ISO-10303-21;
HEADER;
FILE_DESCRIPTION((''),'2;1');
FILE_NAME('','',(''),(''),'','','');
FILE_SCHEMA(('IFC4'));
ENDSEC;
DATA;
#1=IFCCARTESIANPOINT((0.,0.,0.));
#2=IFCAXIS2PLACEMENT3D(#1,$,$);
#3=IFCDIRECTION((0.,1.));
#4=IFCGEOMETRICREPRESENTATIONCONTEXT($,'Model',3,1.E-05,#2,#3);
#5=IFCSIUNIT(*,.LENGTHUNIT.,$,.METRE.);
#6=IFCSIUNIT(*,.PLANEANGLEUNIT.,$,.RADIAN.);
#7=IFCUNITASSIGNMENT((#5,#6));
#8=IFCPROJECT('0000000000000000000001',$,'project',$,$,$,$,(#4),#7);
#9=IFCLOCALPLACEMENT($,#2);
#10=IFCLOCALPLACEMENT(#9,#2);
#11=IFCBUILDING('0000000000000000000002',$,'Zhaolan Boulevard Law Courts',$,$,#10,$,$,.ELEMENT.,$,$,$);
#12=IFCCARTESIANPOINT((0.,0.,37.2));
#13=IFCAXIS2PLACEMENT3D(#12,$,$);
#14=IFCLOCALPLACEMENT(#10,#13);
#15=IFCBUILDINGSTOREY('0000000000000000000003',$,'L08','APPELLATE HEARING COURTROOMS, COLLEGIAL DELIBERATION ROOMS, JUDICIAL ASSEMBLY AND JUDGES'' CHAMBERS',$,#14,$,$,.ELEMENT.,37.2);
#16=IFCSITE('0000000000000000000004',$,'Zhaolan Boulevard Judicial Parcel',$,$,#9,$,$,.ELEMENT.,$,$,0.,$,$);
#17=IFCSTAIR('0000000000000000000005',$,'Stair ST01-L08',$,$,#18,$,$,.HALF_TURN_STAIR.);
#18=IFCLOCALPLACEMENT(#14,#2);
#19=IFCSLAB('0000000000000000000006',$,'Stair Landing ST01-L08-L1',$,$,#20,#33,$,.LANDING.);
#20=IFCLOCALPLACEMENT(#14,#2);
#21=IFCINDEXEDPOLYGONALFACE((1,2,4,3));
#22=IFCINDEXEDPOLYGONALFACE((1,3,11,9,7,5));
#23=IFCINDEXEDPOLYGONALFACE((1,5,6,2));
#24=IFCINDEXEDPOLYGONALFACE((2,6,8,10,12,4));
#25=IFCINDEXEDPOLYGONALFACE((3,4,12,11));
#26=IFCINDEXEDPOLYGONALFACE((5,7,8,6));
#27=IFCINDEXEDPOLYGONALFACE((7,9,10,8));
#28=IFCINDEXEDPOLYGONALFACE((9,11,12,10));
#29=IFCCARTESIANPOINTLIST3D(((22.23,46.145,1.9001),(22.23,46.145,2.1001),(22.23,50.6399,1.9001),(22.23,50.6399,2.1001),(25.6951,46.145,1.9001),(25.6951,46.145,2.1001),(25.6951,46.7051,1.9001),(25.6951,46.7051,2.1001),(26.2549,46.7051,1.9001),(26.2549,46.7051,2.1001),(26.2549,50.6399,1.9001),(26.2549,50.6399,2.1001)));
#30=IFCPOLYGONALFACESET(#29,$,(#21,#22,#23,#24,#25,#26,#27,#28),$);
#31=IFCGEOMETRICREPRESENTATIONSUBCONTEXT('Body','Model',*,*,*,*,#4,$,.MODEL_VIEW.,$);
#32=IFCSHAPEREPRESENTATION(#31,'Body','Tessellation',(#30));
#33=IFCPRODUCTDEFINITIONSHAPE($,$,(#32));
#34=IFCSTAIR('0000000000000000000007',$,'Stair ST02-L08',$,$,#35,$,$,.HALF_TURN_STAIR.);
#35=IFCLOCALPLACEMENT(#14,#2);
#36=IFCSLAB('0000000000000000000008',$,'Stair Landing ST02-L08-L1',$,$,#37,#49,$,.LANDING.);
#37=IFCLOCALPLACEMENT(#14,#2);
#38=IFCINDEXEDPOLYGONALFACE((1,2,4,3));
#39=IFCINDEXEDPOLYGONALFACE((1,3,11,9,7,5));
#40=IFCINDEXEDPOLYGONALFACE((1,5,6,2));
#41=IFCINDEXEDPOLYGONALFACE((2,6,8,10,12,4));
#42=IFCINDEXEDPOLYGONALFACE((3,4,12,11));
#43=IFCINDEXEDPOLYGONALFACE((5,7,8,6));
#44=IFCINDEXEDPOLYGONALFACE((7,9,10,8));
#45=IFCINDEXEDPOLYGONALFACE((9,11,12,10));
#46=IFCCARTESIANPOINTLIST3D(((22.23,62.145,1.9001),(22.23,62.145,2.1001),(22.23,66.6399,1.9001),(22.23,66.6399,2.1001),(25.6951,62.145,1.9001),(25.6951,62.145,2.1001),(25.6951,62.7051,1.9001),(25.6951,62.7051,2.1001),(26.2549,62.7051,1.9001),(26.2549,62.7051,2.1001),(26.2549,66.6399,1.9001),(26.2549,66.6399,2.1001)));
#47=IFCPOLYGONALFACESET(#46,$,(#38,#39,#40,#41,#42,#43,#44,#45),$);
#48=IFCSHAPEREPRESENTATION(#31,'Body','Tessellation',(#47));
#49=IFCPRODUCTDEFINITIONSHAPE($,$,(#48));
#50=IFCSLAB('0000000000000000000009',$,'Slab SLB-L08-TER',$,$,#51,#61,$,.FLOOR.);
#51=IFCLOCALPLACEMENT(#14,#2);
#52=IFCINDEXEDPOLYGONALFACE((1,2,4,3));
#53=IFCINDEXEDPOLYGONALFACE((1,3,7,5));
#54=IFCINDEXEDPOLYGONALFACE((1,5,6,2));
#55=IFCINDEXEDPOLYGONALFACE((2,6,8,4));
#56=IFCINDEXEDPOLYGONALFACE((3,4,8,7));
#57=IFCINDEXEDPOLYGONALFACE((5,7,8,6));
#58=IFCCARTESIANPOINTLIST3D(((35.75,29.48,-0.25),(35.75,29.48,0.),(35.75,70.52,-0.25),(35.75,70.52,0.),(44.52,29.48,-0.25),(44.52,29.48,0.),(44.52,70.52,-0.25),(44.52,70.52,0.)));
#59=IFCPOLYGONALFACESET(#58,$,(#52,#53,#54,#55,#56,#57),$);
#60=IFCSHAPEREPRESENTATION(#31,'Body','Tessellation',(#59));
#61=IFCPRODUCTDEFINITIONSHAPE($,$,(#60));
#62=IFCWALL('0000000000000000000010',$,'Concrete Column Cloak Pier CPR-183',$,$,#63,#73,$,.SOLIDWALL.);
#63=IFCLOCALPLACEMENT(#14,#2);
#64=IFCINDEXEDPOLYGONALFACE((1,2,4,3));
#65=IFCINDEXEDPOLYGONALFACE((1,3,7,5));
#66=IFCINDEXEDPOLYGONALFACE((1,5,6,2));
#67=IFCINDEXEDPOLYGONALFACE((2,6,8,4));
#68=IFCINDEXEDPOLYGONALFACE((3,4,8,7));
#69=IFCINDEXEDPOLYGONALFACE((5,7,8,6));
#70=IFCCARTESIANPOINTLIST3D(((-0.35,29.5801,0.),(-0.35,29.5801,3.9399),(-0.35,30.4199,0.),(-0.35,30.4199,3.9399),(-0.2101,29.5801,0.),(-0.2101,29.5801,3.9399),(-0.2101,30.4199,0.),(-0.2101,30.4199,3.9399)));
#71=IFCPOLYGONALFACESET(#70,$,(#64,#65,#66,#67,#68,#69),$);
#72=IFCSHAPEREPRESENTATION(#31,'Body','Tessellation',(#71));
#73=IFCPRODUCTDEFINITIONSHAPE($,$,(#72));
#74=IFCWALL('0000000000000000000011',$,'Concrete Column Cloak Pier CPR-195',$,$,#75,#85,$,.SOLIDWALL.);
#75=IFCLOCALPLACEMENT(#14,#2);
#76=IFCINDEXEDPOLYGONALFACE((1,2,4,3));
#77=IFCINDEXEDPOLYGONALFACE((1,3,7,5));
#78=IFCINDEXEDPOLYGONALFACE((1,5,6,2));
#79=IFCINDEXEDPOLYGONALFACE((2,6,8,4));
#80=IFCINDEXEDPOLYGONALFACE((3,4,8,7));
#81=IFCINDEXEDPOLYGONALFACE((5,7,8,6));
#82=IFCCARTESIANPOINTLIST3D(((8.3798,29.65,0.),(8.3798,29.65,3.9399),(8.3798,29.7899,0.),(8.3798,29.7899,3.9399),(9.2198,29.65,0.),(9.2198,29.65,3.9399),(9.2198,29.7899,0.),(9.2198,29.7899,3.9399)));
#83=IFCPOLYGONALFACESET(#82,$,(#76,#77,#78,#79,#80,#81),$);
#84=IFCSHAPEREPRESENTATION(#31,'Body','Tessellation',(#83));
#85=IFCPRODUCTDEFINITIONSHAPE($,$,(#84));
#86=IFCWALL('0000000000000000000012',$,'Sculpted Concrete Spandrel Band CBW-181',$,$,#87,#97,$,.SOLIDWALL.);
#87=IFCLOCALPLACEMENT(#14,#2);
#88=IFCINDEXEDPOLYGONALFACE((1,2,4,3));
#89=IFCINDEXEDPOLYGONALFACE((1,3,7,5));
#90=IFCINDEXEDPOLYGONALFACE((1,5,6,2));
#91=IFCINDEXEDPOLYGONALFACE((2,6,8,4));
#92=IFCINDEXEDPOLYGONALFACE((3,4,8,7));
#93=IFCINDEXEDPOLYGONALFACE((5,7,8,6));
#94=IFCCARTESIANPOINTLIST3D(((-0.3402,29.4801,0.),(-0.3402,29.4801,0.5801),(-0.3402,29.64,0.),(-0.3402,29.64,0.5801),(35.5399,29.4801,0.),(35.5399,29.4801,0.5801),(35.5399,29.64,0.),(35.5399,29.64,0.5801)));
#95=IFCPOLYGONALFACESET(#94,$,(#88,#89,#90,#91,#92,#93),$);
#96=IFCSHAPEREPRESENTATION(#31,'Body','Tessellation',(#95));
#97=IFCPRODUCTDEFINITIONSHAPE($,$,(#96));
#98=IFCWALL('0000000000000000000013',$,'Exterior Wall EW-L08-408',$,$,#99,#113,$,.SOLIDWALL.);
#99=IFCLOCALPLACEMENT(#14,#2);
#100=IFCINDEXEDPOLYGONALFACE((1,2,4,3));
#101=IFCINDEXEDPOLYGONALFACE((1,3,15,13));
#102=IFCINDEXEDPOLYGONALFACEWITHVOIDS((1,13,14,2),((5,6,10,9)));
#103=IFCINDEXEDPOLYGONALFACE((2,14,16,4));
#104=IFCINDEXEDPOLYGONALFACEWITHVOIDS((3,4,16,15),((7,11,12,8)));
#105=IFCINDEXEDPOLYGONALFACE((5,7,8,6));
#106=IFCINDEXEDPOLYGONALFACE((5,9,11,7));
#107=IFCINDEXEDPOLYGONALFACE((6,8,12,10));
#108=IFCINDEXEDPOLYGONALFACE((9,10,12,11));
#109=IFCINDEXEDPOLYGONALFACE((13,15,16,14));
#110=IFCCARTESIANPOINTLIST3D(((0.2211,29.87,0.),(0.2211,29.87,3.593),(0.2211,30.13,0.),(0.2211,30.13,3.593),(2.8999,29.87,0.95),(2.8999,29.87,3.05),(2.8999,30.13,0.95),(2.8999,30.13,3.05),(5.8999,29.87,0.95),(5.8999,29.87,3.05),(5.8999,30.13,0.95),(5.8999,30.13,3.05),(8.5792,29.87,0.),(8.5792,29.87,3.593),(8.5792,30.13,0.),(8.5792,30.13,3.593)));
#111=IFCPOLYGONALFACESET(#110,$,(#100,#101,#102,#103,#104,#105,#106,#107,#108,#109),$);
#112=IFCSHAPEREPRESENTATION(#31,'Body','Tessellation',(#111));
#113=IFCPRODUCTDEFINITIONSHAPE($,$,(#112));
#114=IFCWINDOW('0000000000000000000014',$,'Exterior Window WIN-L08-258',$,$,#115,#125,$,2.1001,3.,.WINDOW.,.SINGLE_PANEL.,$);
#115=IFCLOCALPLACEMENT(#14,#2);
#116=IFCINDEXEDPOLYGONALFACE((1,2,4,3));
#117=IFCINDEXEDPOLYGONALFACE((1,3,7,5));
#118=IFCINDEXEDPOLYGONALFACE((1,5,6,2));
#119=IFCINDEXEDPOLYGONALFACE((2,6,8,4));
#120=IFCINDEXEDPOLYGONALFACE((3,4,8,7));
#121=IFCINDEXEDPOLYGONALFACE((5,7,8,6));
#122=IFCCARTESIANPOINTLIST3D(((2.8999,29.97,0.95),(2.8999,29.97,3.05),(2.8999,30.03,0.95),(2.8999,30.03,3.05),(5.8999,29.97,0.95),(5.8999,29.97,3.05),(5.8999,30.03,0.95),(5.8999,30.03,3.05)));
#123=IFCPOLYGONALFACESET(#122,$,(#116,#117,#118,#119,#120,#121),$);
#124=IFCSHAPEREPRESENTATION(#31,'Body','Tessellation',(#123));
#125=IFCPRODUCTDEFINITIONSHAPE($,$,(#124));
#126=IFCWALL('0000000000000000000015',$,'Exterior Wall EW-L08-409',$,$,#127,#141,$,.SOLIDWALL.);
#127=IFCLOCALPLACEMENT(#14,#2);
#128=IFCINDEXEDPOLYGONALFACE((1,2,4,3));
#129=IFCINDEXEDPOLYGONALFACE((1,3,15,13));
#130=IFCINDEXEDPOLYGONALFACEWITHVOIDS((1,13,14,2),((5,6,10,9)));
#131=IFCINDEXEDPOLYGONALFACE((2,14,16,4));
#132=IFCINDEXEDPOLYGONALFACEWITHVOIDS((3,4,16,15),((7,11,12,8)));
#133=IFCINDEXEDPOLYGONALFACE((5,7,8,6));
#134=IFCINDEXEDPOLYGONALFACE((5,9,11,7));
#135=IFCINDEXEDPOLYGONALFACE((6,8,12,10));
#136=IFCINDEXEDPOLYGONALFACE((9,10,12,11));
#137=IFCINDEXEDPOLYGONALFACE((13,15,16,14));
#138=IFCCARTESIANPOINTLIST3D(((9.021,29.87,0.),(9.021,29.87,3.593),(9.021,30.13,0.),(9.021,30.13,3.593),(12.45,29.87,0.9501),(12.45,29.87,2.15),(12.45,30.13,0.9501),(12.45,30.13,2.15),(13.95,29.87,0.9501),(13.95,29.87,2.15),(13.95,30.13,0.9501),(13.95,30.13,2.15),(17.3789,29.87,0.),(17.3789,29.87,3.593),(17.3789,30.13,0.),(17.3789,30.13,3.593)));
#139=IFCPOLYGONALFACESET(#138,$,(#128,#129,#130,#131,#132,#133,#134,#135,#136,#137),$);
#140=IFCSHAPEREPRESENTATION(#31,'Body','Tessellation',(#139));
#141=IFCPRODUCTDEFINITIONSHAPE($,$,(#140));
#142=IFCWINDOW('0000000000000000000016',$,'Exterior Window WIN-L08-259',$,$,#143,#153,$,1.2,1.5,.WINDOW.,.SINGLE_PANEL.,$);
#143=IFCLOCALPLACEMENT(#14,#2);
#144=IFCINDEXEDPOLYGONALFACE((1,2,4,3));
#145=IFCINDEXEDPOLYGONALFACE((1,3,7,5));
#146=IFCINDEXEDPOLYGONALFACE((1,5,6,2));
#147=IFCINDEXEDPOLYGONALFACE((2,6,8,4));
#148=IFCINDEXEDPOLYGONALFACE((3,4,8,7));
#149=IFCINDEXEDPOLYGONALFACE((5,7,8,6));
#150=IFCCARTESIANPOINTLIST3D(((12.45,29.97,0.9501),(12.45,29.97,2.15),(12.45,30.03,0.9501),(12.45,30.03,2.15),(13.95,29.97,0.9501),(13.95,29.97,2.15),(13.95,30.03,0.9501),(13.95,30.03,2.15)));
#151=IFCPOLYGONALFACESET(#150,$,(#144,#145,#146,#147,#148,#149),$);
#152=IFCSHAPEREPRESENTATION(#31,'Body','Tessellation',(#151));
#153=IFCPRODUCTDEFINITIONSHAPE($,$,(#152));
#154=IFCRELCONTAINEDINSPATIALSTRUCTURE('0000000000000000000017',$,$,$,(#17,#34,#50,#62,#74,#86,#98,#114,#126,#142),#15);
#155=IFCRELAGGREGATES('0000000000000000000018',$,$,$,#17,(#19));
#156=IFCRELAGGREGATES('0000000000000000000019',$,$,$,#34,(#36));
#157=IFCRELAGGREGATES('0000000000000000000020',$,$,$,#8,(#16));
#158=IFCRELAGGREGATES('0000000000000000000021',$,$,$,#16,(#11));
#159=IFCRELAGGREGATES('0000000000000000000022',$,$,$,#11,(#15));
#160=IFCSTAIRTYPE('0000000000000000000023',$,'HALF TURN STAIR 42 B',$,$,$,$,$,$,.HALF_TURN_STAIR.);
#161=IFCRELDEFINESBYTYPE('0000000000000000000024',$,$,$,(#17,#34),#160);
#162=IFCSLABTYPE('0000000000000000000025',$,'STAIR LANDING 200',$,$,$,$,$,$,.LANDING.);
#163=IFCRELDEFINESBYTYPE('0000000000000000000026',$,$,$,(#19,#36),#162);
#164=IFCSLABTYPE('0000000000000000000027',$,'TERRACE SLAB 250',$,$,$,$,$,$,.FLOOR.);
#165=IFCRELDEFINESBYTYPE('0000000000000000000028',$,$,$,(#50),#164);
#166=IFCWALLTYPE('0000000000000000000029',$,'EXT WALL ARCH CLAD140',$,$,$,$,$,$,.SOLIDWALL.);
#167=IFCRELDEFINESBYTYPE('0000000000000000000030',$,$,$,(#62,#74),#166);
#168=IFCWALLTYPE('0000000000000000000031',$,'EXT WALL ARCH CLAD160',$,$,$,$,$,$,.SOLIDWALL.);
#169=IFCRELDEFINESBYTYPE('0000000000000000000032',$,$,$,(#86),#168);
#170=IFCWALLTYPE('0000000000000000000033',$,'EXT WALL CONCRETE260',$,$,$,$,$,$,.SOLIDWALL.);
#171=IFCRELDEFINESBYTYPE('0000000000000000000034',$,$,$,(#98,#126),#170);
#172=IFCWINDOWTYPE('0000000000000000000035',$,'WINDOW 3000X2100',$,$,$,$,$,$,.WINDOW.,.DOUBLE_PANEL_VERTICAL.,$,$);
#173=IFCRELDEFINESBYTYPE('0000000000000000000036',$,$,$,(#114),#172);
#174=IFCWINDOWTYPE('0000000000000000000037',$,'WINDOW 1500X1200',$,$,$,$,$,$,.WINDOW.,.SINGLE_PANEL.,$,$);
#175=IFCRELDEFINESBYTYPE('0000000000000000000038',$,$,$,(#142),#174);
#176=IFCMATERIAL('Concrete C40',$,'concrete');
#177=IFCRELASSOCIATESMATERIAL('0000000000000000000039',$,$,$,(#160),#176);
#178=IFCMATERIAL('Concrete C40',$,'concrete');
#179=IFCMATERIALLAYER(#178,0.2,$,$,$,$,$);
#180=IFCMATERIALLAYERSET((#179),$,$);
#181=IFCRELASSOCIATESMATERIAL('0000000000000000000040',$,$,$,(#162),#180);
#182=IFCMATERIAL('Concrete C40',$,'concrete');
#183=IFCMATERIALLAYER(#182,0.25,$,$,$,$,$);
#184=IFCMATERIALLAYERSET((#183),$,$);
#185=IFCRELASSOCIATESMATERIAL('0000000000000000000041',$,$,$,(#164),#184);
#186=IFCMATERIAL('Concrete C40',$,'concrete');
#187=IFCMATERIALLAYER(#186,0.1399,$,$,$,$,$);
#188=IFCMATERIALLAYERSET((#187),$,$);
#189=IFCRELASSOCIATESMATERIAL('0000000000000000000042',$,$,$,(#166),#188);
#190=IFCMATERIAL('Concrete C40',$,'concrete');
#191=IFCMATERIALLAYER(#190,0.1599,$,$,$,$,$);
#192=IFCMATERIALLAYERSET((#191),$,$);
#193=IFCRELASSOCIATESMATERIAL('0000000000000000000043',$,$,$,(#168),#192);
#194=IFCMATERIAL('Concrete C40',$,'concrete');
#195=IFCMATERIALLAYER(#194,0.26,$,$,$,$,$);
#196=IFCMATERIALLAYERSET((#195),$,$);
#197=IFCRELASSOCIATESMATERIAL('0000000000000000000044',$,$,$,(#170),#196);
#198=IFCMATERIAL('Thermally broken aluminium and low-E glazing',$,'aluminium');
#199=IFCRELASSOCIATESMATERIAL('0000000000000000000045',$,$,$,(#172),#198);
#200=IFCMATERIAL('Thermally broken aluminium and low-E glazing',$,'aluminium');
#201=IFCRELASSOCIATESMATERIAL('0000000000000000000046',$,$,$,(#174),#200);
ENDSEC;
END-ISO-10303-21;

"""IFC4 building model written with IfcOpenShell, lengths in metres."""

from ifc_helpers import new_model, si_unit, direction, frame, frame_2d, origin, place, context, subcontext, project, spatial, polyline, rectangle, outline, extrude, material, layer, layer_set, type_object, element, fill, aggregate, save


model = new_model("IFC4")

# Units and contexts
model_context = context("Model", 3, precision=1e-05, world=origin(), true_north=direction((0.0, 1.0)))
body_context = subcontext(model_context, "Body", "Model", "MODEL_VIEW")
ifc_project = project(units=[si_unit("LENGTHUNIT", "METRE"), si_unit("PLANEANGLEUNIT", "RADIAN")], contexts=[model_context])

# Site, building, storey
site_placement = place(None, origin())
site = spatial("IfcSite", under=ifc_project, at=site_placement, Name="Zhaolan Boulevard Judicial Parcel", CompositionType="ELEMENT", RefElevation=0.0)
building_placement = place(site_placement, origin())
building = spatial("IfcBuilding", under=site, at=building_placement, Name="Zhaolan Boulevard Law Courts", CompositionType="ELEMENT")
storey_placement = place(building_placement, frame((0.0, 0.0, 37.2)))
storey = spatial("IfcBuildingStorey", under=building, at=storey_placement, Name="L08", Description="APPELLATE HEARING COURTROOMS, COLLEGIAL DELIBERATION ROOMS, JUDICIAL ASSEMBLY AND JUDGES' CHAMBERS", CompositionType="ELEMENT", Elevation=37.2)

# Stairs, slabs
ifc_material_1 = material(Name="Concrete C40", Category="concrete")
stair_type = type_object("IfcStairType", Name="HALF TURN STAIR 42 B", PredefinedType="HALF_TURN_STAIR", material=ifc_material_1)
stair_1_placement = place(storey_placement, origin())
stair_1 = element("IfcStair", 1, at=stair_1_placement, inside=storey, type_object=stair_type, Name="Stair ST01-L08", PredefinedType="HALF_TURN_STAIR")
ifc_material_2 = material(Name="Concrete C40", Category="concrete")
ifc_layer_1 = layer(ifc_material_2, 0.2)
ifc_layer_set_1 = layer_set([ifc_layer_1])
slab_type_1 = type_object("IfcSlabType", Name="STAIR LANDING 200", PredefinedType="LANDING", material=ifc_layer_set_1)
slab_1_placement = place(storey_placement, frame((0.0, 0.0, 1.9001)))
slab_1 = element("IfcSlab", 2, at=slab_1_placement, type_object=slab_type_1, Name="Stair Landing ST01-L08-L1", PredefinedType="LANDING", context=body_context, shape_type="SweptSolid", body=[
    extrude(outline(polyline([(22.23, 46.145), (25.6951, 46.145), (25.6951, 46.7051), (26.2549, 46.7051), (26.2549, 50.6399), (22.23, 50.6399), (22.23, 46.145)])), origin(), (0.0, 0.0, 1.0), 0.2),
])
aggregate(stair_1, [slab_1])
stair_2_placement = place(storey_placement, origin())
stair_2 = element("IfcStair", 3, at=stair_2_placement, inside=storey, type_object=stair_type, Name="Stair ST02-L08", PredefinedType="HALF_TURN_STAIR")
slab_2_placement = place(storey_placement, frame((0.0, 0.0, 1.9001)))
slab_2 = element("IfcSlab", 4, at=slab_2_placement, type_object=slab_type_1, Name="Stair Landing ST02-L08-L1", PredefinedType="LANDING", context=body_context, shape_type="SweptSolid", body=[
    extrude(outline(polyline([(22.23, 62.145), (25.6951, 62.145), (25.6951, 62.7051), (26.2549, 62.7051), (26.2549, 66.6399), (22.23, 66.6399), (22.23, 62.145)])), origin(), (0.0, 0.0, 1.0), 0.2),
])
aggregate(stair_2, [slab_2])

# Slab
ifc_material_3 = material(Name="Concrete C40", Category="concrete")
ifc_layer_2 = layer(ifc_material_3, 0.25)
ifc_layer_set_2 = layer_set([ifc_layer_2])
slab_type_2 = type_object("IfcSlabType", Name="TERRACE SLAB 250", PredefinedType="FLOOR", material=ifc_layer_set_2)
slab_3_placement = place(storey_placement, frame((0.0, 0.0, -0.25)))
element("IfcSlab", 5, at=slab_3_placement, inside=storey, type_object=slab_type_2, Name="Slab SLB-L08-TER", PredefinedType="FLOOR", context=body_context, shape_type="SweptSolid", body=[
    extrude(outline(polyline([(35.75, 29.48), (44.52, 29.48), (44.52, 70.52), (35.75, 70.52), (35.75, 29.48)])), origin(), (0.0, 0.0, 1.0), 0.25),
])

# Walls
ifc_material_4 = material(Name="Concrete C40", Category="concrete")
ifc_layer_3 = layer(ifc_material_4, 0.1399)
ifc_layer_set_3 = layer_set([ifc_layer_3])
wall_type_1 = type_object("IfcWallType", Name="EXT WALL ARCH CLAD140", PredefinedType="SOLIDWALL", material=ifc_layer_set_3)
wall_1_placement = place(storey_placement, frame((-0.28, 29.5801, 0.0), z_axis=(0.0, 0.0, 1.0), x_axis=(0.0, 1.0, 0.0)))
element("IfcWall", 6, at=wall_1_placement, inside=storey, type_object=wall_type_1, Name="Concrete Column Cloak Pier CPR-183", PredefinedType="SOLIDWALL", context=body_context, shape_type="SweptSolid", body=[
    extrude(rectangle(XDim=0.8398, YDim=0.1399, at=frame_2d((0.4199, 0.0))), origin(), (0.0, 0.0, 1.0), 3.9399),
])
wall_2_placement = place(storey_placement, frame((8.3799, 29.72, 0.0), z_axis=(0.0, 0.0, 1.0), x_axis=(1.0, 0.0, 0.0)))
element("IfcWall", 7, at=wall_2_placement, inside=storey, type_object=wall_type_1, Name="Concrete Column Cloak Pier CPR-195", PredefinedType="SOLIDWALL", context=body_context, shape_type="SweptSolid", body=[
    extrude(rectangle(XDim=0.8401, YDim=0.1399, at=frame_2d((0.4199, 0.0))), origin(), (0.0, 0.0, 1.0), 3.9399),
])
ifc_material_5 = material(Name="Concrete C40", Category="concrete")
ifc_layer_4 = layer(ifc_material_5, 0.1599)
ifc_layer_set_4 = layer_set([ifc_layer_4])
wall_type_2 = type_object("IfcWallType", Name="EXT WALL ARCH CLAD160", PredefinedType="SOLIDWALL", material=ifc_layer_set_4)
wall_3_placement = place(storey_placement, frame((-0.3401, 29.5601, 0.0), z_axis=(0.0, 0.0, 1.0), x_axis=(1.0, 0.0, 0.0)))
element("IfcWall", 8, at=wall_3_placement, inside=storey, type_object=wall_type_2, Name="Sculpted Concrete Spandrel Band CBW-181", PredefinedType="SOLIDWALL", context=body_context, shape_type="SweptSolid", body=[
    extrude(rectangle(XDim=35.8801, YDim=0.1599, at=frame_2d((17.9399, 0.0))), origin(), (0.0, 0.0, 1.0), 0.5801),
])

# Walls, openings, windows
ifc_material_6 = material(Name="Concrete C40", Category="concrete")
ifc_layer_5 = layer(ifc_material_6, 0.26)
ifc_layer_set_5 = layer_set([ifc_layer_5])
wall_type_3 = type_object("IfcWallType", Name="EXT WALL CONCRETE260", PredefinedType="SOLIDWALL", material=ifc_layer_set_5)
wall_4_placement = place(storey_placement, frame((0.2209, 30.0, 0.0), z_axis=(0.0, 0.0, 1.0), x_axis=(1.0, 0.0, 0.0)))
wall_4 = element("IfcWall", 9, at=wall_4_placement, inside=storey, type_object=wall_type_3, Name="Exterior Wall EW-L08-408", PredefinedType="SOLIDWALL", context=body_context, shape_type="SweptSolid", body=[
    extrude(rectangle(XDim=8.3582, YDim=0.26, at=frame_2d((4.1792, 0.0))), origin(), (0.0, 0.0, 1.0), 3.593),
])
opening_1_placement = place(wall_4_placement, frame((2.679, 0.0, 0.95)))
opening_1 = element("IfcOpeningElement", 10, at=opening_1_placement, cuts=wall_4, PredefinedType="OPENING", context=body_context, shape_type="SweptSolid", body=[
    extrude(rectangle(XDim=3.0, YDim=2.1001, at=frame_2d((1.5, 1.05))), frame((0.0, 0.1399, 0.0), z_axis=(0.0, -1.0, 0.0), x_axis=(1.0, 0.0, 0.0)), (0.0, 0.0, 1.0), 0.28),
])
ifc_material_7 = material(Name="Thermally broken aluminium and low-E glazing", Category="aluminium")
window_type_1 = type_object("IfcWindowType", Name="WINDOW 3000X2100", PartitioningType="DOUBLE_PANEL_VERTICAL", PredefinedType="WINDOW", material=ifc_material_7)
window_1_placement = place(opening_1_placement, origin())
window_1 = element("IfcWindow", 11, at=window_1_placement, inside=storey, type_object=window_type_1, Name="Exterior Window WIN-L08-258", OverallHeight=2.1001, OverallWidth=3.0, PartitioningType="SINGLE_PANEL", PredefinedType="WINDOW", context=body_context, shape_type="SweptSolid", body=[
    extrude(rectangle(XDim=3.0, YDim=2.1001, at=frame_2d((1.5, 1.05))), frame((0.0, 0.03, 0.0), z_axis=(0.0, -1.0, 0.0), x_axis=(1.0, 0.0, 0.0)), (0.0, 0.0, 1.0), 0.0601),
])
fill(opening_1, window_1)
wall_5_placement = place(storey_placement, frame((9.021, 30.0, 0.0), z_axis=(0.0, 0.0, 1.0), x_axis=(1.0, 0.0, 0.0)))
wall_5 = element("IfcWall", 12, at=wall_5_placement, inside=storey, type_object=wall_type_3, Name="Exterior Wall EW-L08-409", PredefinedType="SOLIDWALL", context=body_context, shape_type="SweptSolid", body=[
    extrude(rectangle(XDim=8.3579, YDim=0.26, at=frame_2d((4.179, 0.0))), origin(), (0.0, 0.0, 1.0), 3.593),
])
opening_2_placement = place(wall_5_placement, frame((3.429, 0.0, 0.95)))
opening_2 = element("IfcOpeningElement", 13, at=opening_2_placement, cuts=wall_5, PredefinedType="OPENING", context=body_context, shape_type="SweptSolid", body=[
    extrude(rectangle(XDim=1.5, YDim=1.2, at=frame_2d((0.75, 0.6001))), frame((0.0, 0.1399, 0.0), z_axis=(0.0, -1.0, 0.0), x_axis=(1.0, 0.0, 0.0)), (0.0, 0.0, 1.0), 0.28),
])
ifc_material_8 = material(Name="Thermally broken aluminium and low-E glazing", Category="aluminium")
window_type_2 = type_object("IfcWindowType", Name="WINDOW 1500X1200", PartitioningType="SINGLE_PANEL", PredefinedType="WINDOW", material=ifc_material_8)
window_2_placement = place(opening_2_placement, origin())
window_2 = element("IfcWindow", 14, at=window_2_placement, inside=storey, type_object=window_type_2, Name="Exterior Window WIN-L08-259", OverallHeight=1.2, OverallWidth=1.5, PartitioningType="SINGLE_PANEL", PredefinedType="WINDOW", context=body_context, shape_type="SweptSolid", body=[
    extrude(rectangle(XDim=1.5, YDim=1.2, at=frame_2d((0.75, 0.6001))), frame((0.0, 0.03, 0.0), z_axis=(0.0, -1.0, 0.0), x_axis=(1.0, 0.0, 0.0)), (0.0, 0.0, 1.0), 0.0601),
])
fill(opening_2, window_2)

save(model, "model.ifc")
